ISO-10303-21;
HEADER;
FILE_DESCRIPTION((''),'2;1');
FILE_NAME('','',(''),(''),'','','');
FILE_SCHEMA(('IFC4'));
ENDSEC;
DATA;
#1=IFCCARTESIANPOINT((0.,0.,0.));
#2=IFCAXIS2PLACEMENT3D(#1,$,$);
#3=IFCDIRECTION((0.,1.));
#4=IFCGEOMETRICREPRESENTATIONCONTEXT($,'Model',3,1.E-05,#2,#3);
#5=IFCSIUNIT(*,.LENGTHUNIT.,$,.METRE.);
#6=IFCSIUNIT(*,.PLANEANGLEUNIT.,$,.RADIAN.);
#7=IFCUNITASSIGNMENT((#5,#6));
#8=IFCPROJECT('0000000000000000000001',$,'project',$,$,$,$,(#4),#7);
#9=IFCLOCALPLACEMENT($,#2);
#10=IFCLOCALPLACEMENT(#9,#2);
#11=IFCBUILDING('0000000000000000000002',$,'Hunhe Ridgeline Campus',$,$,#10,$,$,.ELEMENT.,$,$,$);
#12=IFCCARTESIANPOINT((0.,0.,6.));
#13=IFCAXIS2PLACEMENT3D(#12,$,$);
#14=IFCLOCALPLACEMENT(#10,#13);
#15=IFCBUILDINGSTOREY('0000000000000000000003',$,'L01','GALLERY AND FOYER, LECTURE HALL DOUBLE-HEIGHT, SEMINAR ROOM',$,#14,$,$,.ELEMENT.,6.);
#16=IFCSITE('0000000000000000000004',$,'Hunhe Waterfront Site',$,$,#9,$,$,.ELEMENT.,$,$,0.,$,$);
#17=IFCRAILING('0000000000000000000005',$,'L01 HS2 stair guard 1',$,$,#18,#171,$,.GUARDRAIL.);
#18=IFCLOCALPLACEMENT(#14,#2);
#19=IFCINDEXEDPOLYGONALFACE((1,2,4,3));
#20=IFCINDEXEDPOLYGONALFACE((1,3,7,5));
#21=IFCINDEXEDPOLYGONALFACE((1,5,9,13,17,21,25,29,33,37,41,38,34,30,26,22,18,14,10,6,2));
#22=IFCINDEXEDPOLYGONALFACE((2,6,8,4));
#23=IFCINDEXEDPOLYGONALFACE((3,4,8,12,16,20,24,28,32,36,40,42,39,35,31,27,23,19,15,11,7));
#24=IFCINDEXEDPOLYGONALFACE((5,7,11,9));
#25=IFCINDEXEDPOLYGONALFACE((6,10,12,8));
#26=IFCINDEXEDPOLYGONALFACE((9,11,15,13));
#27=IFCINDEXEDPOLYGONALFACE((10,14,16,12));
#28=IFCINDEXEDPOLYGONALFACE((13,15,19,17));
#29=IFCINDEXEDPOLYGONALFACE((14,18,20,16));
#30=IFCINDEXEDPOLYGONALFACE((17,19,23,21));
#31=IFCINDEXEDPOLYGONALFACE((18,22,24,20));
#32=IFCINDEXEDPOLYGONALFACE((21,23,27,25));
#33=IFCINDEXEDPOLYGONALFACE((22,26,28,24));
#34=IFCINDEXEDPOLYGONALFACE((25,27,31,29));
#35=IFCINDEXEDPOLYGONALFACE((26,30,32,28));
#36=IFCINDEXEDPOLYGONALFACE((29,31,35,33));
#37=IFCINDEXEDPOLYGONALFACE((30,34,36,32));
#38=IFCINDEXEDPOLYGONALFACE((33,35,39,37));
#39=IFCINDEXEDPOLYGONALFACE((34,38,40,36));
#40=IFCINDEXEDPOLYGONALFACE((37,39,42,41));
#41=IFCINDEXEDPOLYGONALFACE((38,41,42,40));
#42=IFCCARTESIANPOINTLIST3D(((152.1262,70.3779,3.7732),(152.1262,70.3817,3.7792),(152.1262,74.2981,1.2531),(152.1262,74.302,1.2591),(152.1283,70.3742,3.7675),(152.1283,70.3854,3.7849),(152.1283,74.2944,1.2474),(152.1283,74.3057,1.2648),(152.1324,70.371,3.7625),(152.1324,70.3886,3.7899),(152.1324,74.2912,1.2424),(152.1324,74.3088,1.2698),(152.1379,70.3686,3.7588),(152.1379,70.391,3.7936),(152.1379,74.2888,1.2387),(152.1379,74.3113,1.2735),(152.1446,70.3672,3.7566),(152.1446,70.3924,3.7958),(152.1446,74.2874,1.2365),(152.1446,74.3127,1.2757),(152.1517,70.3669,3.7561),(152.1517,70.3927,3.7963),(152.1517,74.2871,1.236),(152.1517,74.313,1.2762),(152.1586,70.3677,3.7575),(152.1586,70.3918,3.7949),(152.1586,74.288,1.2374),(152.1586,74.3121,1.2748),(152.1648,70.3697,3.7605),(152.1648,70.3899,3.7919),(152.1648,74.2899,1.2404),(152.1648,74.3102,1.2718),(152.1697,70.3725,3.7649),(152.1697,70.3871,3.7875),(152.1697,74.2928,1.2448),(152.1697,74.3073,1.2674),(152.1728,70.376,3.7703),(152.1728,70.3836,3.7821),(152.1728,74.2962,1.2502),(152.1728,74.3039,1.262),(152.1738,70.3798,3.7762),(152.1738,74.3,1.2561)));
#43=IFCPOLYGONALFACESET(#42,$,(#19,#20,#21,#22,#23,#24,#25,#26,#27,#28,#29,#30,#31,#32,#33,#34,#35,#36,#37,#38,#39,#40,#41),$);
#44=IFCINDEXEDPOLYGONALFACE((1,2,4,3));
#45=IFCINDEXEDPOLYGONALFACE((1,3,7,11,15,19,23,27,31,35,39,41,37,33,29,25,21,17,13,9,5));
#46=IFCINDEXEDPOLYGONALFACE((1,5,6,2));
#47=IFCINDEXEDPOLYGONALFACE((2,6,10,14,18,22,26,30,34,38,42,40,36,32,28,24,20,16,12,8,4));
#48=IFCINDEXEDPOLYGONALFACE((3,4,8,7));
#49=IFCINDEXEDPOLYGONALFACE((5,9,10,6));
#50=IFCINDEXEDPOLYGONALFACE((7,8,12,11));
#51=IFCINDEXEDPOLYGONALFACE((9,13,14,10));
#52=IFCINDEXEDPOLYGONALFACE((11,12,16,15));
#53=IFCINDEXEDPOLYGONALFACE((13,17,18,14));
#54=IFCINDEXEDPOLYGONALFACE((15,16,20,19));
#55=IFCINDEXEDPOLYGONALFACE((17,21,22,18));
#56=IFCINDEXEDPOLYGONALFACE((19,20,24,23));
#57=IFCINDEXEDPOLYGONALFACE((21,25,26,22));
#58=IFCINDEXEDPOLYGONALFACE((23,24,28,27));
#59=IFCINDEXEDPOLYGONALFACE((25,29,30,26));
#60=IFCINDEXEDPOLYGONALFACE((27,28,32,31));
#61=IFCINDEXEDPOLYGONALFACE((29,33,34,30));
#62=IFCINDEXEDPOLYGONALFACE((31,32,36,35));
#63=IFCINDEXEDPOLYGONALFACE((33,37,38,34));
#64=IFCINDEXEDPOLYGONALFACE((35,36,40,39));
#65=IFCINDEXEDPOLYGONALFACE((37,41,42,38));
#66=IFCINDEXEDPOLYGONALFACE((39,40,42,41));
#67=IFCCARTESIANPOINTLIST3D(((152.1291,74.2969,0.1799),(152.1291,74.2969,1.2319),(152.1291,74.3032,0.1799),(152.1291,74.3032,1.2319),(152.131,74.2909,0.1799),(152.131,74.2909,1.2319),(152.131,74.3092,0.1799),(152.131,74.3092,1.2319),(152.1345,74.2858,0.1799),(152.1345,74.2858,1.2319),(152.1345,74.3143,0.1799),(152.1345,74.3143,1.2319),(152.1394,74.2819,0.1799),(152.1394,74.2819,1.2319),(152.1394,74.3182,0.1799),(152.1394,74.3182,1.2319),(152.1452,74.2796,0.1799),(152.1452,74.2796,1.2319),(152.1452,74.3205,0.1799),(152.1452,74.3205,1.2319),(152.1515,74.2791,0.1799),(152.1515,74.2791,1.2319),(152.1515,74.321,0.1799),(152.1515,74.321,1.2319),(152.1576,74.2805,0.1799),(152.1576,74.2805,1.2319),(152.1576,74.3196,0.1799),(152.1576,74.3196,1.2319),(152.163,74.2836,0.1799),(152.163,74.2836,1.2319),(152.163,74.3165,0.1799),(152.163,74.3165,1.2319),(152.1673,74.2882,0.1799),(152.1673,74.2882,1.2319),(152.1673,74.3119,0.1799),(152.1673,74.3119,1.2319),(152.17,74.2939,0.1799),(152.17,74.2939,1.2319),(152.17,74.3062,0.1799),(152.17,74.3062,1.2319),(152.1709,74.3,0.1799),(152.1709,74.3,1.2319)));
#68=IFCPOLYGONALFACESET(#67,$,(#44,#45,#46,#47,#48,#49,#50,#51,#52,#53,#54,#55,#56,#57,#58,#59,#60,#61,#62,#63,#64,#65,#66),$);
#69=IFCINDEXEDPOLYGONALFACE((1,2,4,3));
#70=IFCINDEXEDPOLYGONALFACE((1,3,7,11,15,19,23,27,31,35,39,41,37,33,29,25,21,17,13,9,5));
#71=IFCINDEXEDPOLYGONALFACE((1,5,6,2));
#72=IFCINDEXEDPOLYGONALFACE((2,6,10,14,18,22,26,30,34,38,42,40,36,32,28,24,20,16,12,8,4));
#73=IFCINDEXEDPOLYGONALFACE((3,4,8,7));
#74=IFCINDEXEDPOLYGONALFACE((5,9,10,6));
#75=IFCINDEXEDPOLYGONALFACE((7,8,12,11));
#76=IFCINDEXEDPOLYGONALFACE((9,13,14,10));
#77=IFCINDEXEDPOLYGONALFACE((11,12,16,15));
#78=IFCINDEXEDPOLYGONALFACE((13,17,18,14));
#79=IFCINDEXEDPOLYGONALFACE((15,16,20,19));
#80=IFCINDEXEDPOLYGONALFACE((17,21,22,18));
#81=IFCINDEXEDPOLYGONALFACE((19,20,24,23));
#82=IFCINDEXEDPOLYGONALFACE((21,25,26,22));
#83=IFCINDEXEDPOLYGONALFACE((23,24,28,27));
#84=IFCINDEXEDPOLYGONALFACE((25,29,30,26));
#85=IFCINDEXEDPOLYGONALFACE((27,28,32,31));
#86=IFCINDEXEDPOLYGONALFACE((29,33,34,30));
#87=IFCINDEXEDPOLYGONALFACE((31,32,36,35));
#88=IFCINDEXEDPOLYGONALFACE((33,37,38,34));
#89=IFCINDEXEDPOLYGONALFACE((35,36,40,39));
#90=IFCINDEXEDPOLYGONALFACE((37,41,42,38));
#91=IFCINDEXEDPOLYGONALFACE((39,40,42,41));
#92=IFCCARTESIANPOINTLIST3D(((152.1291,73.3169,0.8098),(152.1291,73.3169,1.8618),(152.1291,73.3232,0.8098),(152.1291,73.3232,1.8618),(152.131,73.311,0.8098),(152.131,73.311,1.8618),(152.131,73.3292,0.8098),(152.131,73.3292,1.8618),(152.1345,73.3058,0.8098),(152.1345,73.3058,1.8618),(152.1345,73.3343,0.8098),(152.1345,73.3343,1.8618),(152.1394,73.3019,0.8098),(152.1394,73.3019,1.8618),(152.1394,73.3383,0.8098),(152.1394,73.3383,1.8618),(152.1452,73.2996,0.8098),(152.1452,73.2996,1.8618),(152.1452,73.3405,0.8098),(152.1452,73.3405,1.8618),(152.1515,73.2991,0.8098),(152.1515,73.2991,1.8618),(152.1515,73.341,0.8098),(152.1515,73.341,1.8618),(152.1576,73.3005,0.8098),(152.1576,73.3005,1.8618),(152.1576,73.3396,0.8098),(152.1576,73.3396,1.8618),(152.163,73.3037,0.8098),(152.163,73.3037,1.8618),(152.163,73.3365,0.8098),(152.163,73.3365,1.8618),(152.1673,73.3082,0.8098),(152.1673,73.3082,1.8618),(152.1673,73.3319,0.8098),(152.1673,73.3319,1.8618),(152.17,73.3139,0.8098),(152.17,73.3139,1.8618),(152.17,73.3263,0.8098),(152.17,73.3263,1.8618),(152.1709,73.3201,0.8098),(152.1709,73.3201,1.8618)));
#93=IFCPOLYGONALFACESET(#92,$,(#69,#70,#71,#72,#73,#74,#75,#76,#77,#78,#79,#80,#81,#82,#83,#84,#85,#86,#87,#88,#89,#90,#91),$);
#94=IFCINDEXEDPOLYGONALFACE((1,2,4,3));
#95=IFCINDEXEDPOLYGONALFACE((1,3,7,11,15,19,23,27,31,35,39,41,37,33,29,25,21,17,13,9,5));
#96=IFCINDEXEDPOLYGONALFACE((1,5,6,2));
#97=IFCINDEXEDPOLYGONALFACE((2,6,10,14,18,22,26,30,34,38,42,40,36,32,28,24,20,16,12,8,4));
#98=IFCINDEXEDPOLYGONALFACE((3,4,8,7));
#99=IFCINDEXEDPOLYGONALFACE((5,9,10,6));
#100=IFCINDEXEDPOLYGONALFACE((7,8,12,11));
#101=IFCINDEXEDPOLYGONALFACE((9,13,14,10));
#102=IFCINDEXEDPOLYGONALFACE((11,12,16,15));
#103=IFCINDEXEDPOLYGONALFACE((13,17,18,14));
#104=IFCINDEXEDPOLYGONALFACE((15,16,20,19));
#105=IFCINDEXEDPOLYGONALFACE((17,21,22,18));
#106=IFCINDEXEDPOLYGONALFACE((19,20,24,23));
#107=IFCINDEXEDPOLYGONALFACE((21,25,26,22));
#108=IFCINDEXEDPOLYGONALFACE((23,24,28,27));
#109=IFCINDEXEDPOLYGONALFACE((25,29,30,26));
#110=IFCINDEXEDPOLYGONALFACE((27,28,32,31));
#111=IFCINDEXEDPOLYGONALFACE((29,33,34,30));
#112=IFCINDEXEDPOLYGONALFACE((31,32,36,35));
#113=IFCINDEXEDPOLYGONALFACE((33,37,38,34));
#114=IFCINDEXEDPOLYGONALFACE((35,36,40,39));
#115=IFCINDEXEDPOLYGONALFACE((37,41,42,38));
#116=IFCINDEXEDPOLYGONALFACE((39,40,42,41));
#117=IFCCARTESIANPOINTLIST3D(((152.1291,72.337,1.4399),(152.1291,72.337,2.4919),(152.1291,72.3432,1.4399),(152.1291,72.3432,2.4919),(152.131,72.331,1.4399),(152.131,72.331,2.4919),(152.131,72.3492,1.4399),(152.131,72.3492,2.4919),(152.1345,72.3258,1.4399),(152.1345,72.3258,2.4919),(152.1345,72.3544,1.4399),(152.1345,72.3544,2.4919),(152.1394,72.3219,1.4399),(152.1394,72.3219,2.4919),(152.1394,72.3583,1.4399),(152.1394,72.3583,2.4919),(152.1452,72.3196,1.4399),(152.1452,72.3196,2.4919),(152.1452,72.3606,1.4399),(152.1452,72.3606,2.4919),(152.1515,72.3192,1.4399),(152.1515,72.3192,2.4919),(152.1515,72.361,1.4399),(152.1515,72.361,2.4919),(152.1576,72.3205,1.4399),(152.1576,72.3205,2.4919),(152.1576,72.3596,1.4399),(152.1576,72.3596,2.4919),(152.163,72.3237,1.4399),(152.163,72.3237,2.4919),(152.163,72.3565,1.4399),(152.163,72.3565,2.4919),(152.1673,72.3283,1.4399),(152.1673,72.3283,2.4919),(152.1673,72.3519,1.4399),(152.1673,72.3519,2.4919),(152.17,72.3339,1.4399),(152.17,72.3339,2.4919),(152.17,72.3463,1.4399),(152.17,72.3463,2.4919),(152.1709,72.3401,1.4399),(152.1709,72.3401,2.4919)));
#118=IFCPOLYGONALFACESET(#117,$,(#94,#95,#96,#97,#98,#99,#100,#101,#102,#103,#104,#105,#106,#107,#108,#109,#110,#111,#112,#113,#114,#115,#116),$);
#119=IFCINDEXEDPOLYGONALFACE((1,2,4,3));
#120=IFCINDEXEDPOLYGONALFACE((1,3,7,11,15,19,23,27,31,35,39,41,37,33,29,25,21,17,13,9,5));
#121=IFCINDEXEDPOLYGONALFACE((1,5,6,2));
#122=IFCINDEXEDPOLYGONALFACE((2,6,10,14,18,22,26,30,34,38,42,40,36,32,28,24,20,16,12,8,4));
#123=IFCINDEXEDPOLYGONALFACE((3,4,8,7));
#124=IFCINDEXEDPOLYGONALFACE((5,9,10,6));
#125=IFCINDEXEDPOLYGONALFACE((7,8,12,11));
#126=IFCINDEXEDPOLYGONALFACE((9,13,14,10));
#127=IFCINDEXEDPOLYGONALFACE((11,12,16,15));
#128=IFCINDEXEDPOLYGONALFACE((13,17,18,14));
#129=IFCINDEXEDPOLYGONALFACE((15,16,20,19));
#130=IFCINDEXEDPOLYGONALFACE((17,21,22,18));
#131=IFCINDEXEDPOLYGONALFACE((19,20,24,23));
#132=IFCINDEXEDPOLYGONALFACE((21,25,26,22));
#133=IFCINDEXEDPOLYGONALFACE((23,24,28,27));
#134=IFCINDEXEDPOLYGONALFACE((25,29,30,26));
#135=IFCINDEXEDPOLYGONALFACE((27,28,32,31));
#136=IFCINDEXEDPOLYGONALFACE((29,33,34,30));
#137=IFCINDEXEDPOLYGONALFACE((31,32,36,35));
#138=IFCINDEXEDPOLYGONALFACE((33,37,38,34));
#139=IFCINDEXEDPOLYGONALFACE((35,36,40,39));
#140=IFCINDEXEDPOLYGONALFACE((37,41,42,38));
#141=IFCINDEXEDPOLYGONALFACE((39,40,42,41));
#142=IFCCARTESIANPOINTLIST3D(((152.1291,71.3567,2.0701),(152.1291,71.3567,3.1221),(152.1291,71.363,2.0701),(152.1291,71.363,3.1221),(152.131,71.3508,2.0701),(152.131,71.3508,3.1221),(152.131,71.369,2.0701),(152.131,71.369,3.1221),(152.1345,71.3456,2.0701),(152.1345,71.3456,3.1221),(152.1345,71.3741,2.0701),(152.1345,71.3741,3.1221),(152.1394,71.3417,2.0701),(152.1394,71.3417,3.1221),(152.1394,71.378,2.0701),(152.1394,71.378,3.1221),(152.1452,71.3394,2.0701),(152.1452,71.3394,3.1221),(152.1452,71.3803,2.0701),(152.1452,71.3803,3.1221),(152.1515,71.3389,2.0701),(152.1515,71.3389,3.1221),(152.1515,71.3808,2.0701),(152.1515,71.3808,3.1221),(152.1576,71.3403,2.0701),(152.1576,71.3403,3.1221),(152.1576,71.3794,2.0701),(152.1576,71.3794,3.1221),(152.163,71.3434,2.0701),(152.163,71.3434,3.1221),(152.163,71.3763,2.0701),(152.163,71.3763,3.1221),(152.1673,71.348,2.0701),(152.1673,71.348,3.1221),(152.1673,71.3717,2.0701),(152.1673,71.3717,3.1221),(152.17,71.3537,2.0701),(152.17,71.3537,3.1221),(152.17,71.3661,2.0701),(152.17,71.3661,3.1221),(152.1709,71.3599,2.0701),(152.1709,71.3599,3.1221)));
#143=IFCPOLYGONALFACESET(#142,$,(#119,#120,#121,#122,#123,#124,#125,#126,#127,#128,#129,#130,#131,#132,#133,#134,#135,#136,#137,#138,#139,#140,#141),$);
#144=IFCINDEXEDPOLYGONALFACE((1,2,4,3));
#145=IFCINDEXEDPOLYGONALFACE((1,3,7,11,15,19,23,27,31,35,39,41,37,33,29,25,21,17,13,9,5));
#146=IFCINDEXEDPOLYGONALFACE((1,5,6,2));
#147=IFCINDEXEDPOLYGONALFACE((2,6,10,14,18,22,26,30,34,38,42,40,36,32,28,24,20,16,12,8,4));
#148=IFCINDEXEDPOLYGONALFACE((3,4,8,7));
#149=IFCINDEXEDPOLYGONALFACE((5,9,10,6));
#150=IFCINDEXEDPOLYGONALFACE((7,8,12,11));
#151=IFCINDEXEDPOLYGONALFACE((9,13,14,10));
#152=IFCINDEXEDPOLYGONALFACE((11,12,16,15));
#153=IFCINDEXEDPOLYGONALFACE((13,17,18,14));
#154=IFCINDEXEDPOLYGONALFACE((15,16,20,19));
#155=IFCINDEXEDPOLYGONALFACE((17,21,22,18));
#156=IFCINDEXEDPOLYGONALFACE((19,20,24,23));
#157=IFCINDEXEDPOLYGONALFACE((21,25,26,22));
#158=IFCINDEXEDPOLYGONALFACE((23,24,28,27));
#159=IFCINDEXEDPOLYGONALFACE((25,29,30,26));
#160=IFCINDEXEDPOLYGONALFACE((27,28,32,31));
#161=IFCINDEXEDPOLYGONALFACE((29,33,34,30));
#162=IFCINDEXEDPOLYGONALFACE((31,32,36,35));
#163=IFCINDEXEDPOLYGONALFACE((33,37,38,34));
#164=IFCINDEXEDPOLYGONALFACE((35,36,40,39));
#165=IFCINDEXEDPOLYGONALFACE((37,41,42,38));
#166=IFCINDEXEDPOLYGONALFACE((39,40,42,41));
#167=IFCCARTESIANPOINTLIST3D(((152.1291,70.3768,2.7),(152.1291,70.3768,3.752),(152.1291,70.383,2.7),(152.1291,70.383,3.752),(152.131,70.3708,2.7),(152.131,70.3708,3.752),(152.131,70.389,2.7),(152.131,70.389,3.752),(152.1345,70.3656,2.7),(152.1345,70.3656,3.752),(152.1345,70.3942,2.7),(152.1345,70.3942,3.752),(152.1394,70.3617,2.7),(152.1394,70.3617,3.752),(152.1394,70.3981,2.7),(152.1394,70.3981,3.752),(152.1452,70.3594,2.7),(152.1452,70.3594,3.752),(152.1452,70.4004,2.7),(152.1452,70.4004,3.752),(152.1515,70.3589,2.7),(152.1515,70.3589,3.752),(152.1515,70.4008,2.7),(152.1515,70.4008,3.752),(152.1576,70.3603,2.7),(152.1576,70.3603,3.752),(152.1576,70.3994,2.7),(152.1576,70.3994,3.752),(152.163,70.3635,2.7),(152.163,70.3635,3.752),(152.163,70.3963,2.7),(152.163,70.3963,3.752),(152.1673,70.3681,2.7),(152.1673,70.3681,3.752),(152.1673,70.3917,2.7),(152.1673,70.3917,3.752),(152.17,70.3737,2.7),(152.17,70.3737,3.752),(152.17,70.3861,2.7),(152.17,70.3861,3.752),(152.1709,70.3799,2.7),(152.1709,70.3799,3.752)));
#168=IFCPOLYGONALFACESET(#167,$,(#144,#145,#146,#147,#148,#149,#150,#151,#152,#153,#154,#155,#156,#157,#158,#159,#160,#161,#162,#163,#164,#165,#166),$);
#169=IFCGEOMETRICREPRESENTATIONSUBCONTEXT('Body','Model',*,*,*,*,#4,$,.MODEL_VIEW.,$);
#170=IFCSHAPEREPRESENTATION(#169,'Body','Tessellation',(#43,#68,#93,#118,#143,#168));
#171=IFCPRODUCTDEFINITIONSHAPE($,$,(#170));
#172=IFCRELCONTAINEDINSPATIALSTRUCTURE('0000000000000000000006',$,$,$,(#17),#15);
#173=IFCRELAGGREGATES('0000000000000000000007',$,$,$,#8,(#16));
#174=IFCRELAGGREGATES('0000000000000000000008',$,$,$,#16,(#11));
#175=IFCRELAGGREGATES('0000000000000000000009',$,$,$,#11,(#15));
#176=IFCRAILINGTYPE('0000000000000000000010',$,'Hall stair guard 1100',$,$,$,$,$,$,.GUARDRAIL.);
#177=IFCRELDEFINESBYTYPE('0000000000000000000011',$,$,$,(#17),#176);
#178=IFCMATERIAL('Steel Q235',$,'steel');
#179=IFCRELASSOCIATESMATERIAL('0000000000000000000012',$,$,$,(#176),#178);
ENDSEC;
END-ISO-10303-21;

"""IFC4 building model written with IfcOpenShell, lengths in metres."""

from ifc_helpers import new_model, si_unit, direction, frame, origin, origin_2d, place, context, subcontext, project, spatial, circle, extrude, material, type_object, element, save


model = new_model("IFC4")

# Units and contexts
model_context = context("Model", 3, precision=1e-05, world=origin(), true_north=direction((0.0, 1.0)))
body_context = subcontext(model_context, "Body", "Model", "MODEL_VIEW")
ifc_project = project(units=[si_unit("LENGTHUNIT", "METRE"), si_unit("PLANEANGLEUNIT", "RADIAN")], contexts=[model_context])

# Site, building, storey
site_placement = place(None, origin())
site = spatial("IfcSite", under=ifc_project, at=site_placement, Name="Hunhe Waterfront Site", CompositionType="ELEMENT", RefElevation=0.0)
building_placement = place(site_placement, origin())
building = spatial("IfcBuilding", under=site, at=building_placement, Name="Hunhe Ridgeline Campus", CompositionType="ELEMENT")
storey_placement = place(building_placement, frame((0.0, 0.0, 6.0)))
storey = spatial("IfcBuildingStorey", under=building, at=storey_placement, Name="L01", Description="GALLERY AND FOYER, LECTURE HALL DOUBLE-HEIGHT, SEMINAR ROOM", CompositionType="ELEMENT", Elevation=6.0)

# Shared definitions
ifc_material_1 = material(Name="Steel Q235", Category="steel")

# Railing
railing_type_1 = type_object("IfcRailingType", Name="Hall stair guard 1100", PredefinedType="GUARDRAIL", material=ifc_material_1)
railing_1_placement = place(storey_placement, frame((152.1499, 74.3, 0.1799)))
element("IfcRailing", 1, at=railing_1_placement, inside=storey, type_object=railing_type_1, Name="L01 HS2 stair guard 1", PredefinedType="GUARDRAIL", context=body_context, shape_type="SweptSolid", body=[
    extrude(circle(Radius=0.0239, at=origin_2d()), frame((0.0, 0.0, 1.0762), z_axis=(0.0, -0.841187, 0.540744), x_axis=(1.0, 0.0, 0.0)), (0.0, 0.0, 1.0), 4.6604),
    extrude(circle(Radius=0.021, at=origin_2d()), origin(), (0.0, 0.0, 1.0), 1.052),
    extrude(circle(Radius=0.021, at=origin_2d()), frame((0.0, -0.98, 0.6299)), (0.0, 0.0, 1.0), 1.052),
    extrude(circle(Radius=0.021, at=origin_2d()), frame((0.0, -1.96, 1.26)), (0.0, 0.0, 1.0), 1.052),
    extrude(circle(Radius=0.021, at=origin_2d()), frame((0.0, -2.9402, 1.8901)), (0.0, 0.0, 1.0), 1.052),
    extrude(circle(Radius=0.021, at=origin_2d()), frame((0.0, -3.9202, 2.52)), (0.0, 0.0, 1.0), 1.052),
])

save(model, "model.ifc")
